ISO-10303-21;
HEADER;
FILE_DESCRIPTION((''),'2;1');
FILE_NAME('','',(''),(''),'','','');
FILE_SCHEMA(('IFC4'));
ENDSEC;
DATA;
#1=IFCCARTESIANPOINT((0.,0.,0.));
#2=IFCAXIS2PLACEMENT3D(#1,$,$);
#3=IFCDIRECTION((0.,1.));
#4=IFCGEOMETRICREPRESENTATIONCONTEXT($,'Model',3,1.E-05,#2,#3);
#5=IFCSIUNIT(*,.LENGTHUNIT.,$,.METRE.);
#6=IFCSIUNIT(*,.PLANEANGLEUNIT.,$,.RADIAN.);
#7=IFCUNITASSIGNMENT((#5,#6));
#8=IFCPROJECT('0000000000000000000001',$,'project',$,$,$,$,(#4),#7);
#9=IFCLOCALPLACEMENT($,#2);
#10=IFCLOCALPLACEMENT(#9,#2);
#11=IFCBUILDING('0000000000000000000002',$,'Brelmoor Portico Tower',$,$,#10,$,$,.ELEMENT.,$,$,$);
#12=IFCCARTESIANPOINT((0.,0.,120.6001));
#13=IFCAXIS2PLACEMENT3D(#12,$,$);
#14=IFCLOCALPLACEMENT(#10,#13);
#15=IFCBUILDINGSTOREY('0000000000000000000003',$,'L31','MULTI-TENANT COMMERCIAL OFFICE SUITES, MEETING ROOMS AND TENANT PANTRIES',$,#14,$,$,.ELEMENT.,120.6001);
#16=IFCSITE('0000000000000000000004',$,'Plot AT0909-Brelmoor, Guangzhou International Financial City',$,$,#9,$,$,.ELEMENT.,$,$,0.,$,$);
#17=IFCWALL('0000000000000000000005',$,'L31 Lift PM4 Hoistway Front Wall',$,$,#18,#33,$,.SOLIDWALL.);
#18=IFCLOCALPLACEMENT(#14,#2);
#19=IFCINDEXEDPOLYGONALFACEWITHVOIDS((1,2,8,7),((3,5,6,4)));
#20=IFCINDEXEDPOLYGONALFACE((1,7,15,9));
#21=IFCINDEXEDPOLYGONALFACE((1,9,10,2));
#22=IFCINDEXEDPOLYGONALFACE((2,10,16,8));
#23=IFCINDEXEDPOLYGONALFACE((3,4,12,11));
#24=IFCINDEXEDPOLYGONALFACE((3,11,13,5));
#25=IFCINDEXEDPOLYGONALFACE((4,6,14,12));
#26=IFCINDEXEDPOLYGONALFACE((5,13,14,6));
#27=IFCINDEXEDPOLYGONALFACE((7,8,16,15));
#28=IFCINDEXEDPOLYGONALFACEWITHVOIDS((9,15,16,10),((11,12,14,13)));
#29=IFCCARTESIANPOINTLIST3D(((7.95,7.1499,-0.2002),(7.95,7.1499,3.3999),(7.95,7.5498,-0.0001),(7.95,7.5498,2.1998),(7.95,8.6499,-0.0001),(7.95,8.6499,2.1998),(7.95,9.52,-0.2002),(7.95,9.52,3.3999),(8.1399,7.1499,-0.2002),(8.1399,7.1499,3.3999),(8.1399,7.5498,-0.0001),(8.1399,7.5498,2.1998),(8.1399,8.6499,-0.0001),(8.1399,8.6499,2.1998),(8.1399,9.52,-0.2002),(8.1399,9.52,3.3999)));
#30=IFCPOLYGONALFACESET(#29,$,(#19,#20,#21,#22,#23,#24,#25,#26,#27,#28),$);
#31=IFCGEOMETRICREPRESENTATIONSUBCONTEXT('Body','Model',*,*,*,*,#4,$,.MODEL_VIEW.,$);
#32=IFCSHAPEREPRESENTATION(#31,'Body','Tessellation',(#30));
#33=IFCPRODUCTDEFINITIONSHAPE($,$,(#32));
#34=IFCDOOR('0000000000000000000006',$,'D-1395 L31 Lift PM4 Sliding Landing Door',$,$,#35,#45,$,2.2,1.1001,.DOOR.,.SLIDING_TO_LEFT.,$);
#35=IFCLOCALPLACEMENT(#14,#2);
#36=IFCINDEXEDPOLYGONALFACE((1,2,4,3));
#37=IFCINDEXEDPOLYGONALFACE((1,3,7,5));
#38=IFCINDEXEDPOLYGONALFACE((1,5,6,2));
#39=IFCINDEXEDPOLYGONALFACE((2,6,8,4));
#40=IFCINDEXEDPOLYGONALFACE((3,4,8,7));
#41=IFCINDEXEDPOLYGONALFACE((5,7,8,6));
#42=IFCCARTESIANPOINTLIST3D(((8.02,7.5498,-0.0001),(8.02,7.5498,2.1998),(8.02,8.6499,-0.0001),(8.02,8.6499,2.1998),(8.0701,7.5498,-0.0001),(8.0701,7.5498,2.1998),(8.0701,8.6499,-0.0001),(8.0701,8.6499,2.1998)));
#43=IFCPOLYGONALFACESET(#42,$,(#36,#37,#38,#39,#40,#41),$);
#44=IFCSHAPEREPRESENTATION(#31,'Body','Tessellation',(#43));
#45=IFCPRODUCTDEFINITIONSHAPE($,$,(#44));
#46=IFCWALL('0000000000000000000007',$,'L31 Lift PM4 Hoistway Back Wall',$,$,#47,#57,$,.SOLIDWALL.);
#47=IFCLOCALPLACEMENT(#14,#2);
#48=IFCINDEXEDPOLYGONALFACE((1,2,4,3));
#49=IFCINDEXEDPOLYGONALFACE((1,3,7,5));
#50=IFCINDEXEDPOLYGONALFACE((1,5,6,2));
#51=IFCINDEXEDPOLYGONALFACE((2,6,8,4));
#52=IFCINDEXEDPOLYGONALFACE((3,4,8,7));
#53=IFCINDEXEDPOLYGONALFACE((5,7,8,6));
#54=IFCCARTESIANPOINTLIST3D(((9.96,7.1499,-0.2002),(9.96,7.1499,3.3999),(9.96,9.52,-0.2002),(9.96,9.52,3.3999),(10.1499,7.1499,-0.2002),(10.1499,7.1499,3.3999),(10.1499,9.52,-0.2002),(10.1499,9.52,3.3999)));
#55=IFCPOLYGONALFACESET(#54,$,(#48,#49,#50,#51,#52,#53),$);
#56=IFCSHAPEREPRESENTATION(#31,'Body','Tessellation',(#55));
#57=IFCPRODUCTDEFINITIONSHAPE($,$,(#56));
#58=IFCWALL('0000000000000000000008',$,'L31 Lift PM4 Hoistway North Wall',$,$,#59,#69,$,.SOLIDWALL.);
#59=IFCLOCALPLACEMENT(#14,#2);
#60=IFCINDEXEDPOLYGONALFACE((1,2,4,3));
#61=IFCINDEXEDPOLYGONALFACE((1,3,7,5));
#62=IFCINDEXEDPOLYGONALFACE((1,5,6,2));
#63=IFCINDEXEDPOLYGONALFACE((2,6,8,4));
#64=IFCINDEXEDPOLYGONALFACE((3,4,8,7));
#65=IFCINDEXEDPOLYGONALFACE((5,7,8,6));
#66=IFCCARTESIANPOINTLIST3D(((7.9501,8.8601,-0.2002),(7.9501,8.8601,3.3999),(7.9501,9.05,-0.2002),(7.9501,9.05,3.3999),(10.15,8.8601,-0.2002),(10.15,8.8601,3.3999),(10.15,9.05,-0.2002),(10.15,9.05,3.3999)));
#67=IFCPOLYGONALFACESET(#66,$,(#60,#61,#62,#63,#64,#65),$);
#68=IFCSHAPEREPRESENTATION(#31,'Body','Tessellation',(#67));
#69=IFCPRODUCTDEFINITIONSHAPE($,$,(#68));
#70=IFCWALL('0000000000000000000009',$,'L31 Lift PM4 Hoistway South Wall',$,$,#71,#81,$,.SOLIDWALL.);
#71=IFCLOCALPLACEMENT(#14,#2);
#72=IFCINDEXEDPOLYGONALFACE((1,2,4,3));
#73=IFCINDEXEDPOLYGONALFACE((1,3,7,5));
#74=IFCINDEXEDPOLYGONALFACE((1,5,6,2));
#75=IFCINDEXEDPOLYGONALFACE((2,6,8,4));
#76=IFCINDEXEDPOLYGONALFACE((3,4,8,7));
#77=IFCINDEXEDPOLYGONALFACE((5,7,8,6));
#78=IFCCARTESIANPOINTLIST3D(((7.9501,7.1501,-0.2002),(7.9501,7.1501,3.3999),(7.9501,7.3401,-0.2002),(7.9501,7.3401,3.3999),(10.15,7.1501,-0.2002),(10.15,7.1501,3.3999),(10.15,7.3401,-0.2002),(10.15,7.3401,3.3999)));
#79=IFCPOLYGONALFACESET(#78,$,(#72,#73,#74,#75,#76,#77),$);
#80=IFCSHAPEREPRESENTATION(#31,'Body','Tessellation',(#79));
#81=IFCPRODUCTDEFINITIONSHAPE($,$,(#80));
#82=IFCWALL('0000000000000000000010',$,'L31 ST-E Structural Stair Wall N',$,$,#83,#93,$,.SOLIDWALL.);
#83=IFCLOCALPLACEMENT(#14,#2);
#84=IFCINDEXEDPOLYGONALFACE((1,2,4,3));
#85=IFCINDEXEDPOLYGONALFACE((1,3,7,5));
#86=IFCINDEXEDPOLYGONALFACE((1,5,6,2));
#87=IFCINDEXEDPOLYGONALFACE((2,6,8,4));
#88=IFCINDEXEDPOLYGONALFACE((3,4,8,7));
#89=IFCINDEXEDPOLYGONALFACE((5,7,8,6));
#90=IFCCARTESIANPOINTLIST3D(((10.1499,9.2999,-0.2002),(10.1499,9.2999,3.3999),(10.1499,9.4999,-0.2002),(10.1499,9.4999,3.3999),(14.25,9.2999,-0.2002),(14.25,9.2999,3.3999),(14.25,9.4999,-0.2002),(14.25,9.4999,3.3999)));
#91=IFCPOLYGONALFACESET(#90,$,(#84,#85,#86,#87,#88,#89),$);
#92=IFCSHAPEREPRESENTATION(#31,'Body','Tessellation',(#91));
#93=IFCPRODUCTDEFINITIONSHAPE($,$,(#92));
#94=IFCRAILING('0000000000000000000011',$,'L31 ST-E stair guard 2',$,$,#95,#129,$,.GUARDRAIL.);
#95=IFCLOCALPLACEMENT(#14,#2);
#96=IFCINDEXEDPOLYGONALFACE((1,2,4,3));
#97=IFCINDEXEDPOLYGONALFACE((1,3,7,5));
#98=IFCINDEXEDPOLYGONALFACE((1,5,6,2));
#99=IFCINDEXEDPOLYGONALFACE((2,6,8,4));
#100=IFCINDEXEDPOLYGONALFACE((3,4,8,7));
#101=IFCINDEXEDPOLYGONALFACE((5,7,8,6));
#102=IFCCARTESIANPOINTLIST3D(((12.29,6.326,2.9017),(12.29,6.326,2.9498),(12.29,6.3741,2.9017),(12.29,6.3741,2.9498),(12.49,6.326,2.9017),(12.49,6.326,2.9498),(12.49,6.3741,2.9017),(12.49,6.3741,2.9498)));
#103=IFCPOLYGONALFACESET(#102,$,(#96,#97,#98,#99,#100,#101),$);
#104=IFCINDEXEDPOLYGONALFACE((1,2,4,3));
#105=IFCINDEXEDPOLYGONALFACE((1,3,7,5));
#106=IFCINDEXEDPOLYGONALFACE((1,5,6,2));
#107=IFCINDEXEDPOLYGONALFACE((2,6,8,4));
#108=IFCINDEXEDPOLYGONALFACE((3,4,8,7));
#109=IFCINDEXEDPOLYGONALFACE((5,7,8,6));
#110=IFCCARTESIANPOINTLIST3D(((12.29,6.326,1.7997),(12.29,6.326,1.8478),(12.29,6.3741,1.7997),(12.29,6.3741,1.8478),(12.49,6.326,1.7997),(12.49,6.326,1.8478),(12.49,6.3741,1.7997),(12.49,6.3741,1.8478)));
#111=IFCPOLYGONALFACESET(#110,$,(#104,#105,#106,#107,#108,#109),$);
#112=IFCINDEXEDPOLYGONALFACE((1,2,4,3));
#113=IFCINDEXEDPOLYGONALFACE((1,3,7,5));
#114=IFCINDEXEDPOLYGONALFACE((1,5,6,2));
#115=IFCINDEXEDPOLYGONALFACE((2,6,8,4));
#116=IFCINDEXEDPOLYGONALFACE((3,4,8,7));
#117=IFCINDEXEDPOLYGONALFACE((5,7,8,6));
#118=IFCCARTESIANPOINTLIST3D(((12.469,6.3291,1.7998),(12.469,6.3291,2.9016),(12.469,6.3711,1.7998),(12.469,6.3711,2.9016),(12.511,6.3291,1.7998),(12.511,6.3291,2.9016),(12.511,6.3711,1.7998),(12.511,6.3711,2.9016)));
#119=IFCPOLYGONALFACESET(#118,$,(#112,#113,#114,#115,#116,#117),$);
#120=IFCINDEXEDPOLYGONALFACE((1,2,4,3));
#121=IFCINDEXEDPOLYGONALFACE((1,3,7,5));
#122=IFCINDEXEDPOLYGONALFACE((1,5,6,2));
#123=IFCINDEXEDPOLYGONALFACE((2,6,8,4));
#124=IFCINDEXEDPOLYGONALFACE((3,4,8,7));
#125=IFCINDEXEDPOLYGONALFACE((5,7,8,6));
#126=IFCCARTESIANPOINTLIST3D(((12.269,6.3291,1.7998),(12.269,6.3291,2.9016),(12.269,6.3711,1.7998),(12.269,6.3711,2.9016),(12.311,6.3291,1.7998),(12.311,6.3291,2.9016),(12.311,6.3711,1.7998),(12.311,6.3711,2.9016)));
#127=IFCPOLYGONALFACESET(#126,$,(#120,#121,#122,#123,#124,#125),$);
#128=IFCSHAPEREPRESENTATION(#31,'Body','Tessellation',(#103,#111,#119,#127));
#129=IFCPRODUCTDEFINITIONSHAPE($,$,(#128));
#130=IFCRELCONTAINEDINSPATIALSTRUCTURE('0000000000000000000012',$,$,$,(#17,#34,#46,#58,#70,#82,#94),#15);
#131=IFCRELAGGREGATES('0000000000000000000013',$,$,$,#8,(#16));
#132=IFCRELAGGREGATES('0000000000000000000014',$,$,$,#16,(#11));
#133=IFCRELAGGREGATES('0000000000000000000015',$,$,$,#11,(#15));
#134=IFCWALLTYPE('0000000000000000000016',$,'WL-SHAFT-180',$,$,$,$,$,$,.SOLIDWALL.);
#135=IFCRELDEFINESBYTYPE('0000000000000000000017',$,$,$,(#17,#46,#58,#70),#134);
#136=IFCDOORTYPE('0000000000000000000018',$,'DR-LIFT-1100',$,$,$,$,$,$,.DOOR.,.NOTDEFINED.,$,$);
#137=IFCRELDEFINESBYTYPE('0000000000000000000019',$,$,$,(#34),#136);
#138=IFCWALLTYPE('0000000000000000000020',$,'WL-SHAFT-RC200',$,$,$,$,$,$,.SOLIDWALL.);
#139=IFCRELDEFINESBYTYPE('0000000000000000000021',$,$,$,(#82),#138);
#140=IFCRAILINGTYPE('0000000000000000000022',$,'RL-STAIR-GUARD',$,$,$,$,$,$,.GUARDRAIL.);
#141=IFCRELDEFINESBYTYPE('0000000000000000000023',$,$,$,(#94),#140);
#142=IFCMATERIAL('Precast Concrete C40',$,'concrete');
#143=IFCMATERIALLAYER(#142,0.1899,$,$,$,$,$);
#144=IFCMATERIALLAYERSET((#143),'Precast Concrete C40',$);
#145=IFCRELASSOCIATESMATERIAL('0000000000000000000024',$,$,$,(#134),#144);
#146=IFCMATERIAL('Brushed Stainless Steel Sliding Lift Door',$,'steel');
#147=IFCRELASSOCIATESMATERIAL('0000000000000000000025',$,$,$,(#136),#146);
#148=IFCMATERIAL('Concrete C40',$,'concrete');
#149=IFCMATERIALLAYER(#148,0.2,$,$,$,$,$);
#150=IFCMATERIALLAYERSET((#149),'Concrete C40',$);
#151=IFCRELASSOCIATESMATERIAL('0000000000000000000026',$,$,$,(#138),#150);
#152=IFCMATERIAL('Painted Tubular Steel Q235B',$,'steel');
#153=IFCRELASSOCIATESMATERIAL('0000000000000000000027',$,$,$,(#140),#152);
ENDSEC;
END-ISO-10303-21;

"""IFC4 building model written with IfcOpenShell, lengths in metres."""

from ifc_helpers import new_model, si_unit, direction, frame, frame_2d, origin, origin_2d, place, context, subcontext, project, spatial, rectangle, extrude, material, layer, layer_set, type_object, element, fill, save


model = new_model("IFC4")

# Units and contexts
model_context = context("Model", 3, precision=1e-05, world=origin(), true_north=direction((0.0, 1.0)))
body_context = subcontext(model_context, "Body", "Model", "MODEL_VIEW")
ifc_project = project(units=[si_unit("LENGTHUNIT", "METRE"), si_unit("PLANEANGLEUNIT", "RADIAN")], contexts=[model_context])

# Site, building, storey
site_placement = place(None, origin())
site = spatial("IfcSite", under=ifc_project, at=site_placement, Name="Plot AT0909-Brelmoor, Guangzhou International Financial City", CompositionType="ELEMENT", RefElevation=0.0)
building_placement = place(site_placement, origin())
building = spatial("IfcBuilding", under=site, at=building_placement, Name="Brelmoor Portico Tower", CompositionType="ELEMENT")
storey_placement = place(building_placement, frame((0.0, 0.0, 120.6001)))
storey = spatial("IfcBuildingStorey", under=building, at=storey_placement, Name="L31", Description="MULTI-TENANT COMMERCIAL OFFICE SUITES, MEETING ROOMS AND TENANT PANTRIES", CompositionType="ELEMENT", Elevation=120.6001)

# Shared definitions
ifc_material_1 = material(Name="Precast Concrete C40", Category="concrete")
ifc_layer_1 = layer(ifc_material_1, 0.1899)
ifc_layer_set_1 = layer_set([ifc_layer_1], Name="Precast Concrete C40")
wall_type_1 = type_object("IfcWallType", Name="WL-SHAFT-180", PredefinedType="SOLIDWALL", material=ifc_layer_set_1)

# Wall, opening, door
wall_1_placement = place(storey_placement, frame((8.0449, 7.1499, -0.2002), z_axis=(0.0, 0.0, 1.0), x_axis=(0.0, 1.0, 0.0)))
wall_1 = element("IfcWall", 1, at=wall_1_placement, inside=storey, type_object=wall_type_1, Name="L31 Lift PM4 Hoistway Front Wall", PredefinedType="SOLIDWALL", context=body_context, shape_type="SweptSolid", body=[
    extrude(rectangle(XDim=2.3701, YDim=0.1899, at=frame_2d((1.1851, 0.0))), origin(), (0.0, 0.0, 1.0), 3.6001),
])
opening_1_placement = place(wall_1_placement, frame((0.3999, 0.0, 0.2)))
opening_1 = element("IfcOpeningElement", 2, at=opening_1_placement, cuts=wall_1, PredefinedType="OPENING", context=body_context, shape_type="SweptSolid", body=[
    extrude(rectangle(XDim=1.1001, YDim=2.2, at=frame_2d((0.55, 1.1001))), frame((0.0, 0.105, 0.0), z_axis=(0.0, -1.0, 0.0), x_axis=(1.0, 0.0, 0.0)), (0.0, 0.0, 1.0), 0.21),
])
ifc_material_2 = material(Name="Brushed Stainless Steel Sliding Lift Door", Category="steel")
door_type_1 = type_object("IfcDoorType", Name="DR-LIFT-1100", OperationType="NOTDEFINED", PredefinedType="DOOR", material=ifc_material_2)
door_1_placement = place(opening_1_placement, origin())
door_1 = element("IfcDoor", 3, at=door_1_placement, inside=storey, type_object=door_type_1, Name="D-1395 L31 Lift PM4 Sliding Landing Door", OperationType="SLIDING_TO_LEFT", OverallHeight=2.2, OverallWidth=1.1001, PredefinedType="DOOR", context=body_context, shape_type="SweptSolid", body=[
    extrude(rectangle(XDim=1.1001, YDim=2.2, at=frame_2d((0.55, 1.1001))), frame((0.0, 0.0249, 0.0), z_axis=(0.0, -1.0, 0.0), x_axis=(1.0, 0.0, 0.0)), (0.0, 0.0, 1.0), 0.05),
])
fill(opening_1, door_1)

# Walls
wall_2_placement = place(storey_placement, frame((10.0549, 7.1499, -0.2002), z_axis=(0.0, 0.0, 1.0), x_axis=(0.0, 1.0, 0.0)))
element("IfcWall", 4, at=wall_2_placement, inside=storey, type_object=wall_type_1, Name="L31 Lift PM4 Hoistway Back Wall", PredefinedType="SOLIDWALL", context=body_context, shape_type="SweptSolid", body=[
    extrude(rectangle(XDim=2.3701, YDim=0.1899, at=frame_2d((1.1851, 0.0))), origin(), (0.0, 0.0, 1.0), 3.6001),
])
for number, where, z_axis, x_axis, name in (
    (5, (7.95, 8.9551, -0.2002), (0.0, 0.0, 1.0), (1.0, 0.0, 0.0), "L31 Lift PM4 Hoistway North Wall"),
    (6, (7.95, 7.2451, -0.2002), (0.0, 0.0, 1.0), (1.0, 0.0, 0.0), "L31 Lift PM4 Hoistway South Wall"),
):
    element("IfcWall", number, at=place(storey_placement, frame(where, z_axis=z_axis, x_axis=x_axis)), inside=storey, type_object=wall_type_1, Name=name, PredefinedType="SOLIDWALL", context=body_context, shape_type="SweptSolid", body=[
        extrude(rectangle(XDim=2.2, YDim=0.1899, at=frame_2d((1.1001, 0.0))), origin(), (0.0, 0.0, 1.0), 3.6001),
    ])
ifc_material_3 = material(Name="Concrete C40", Category="concrete")
ifc_layer_2 = layer(ifc_material_3, 0.2)
ifc_layer_set_2 = layer_set([ifc_layer_2], Name="Concrete C40")
wall_type_2 = type_object("IfcWallType", Name="WL-SHAFT-RC200", PredefinedType="SOLIDWALL", material=ifc_layer_set_2)
wall_3_placement = place(storey_placement, frame((10.1499, 9.3999, -0.2002), z_axis=(0.0, 0.0, 1.0), x_axis=(1.0, 0.0, 0.0)))
element("IfcWall", 7, at=wall_3_placement, inside=storey, type_object=wall_type_2, Name="L31 ST-E Structural Stair Wall N", PredefinedType="SOLIDWALL", context=body_context, shape_type="SweptSolid", body=[
    extrude(rectangle(XDim=4.1001, YDim=0.2, at=frame_2d((2.05, 0.0))), origin(), (0.0, 0.0, 1.0), 3.6001),
])

# Railing
ifc_material_4 = material(Name="Painted Tubular Steel Q235B", Category="steel")
railing_type = type_object("IfcRailingType", Name="RL-STAIR-GUARD", PredefinedType="GUARDRAIL", material=ifc_material_4)
railing_placement = place(storey_placement, frame((12.49, 6.3501, 1.7998)))
element("IfcRailing", 8, at=railing_placement, inside=storey, type_object=railing_type, Name="L31 ST-E stair guard 2", PredefinedType="GUARDRAIL", context=body_context, shape_type="SweptSolid", body=[
    extrude(rectangle(XDim=0.0481, YDim=0.0481, at=origin_2d()), frame((0.0, 0.0, 1.126), z_axis=(-1.0, 0.0, 0.0), x_axis=(0.0, -1.0, 0.0)), (0.0, 0.0, 1.0), 0.2),
    extrude(rectangle(XDim=0.0481, YDim=0.0481, at=origin_2d()), frame((0.0, 0.0, 0.0239), z_axis=(-1.0, 0.0, 0.0), x_axis=(0.0, -1.0, 0.0)), (0.0, 0.0, 1.0), 0.2),
    extrude(rectangle(XDim=0.042, YDim=0.042, at=origin_2d()), origin(), (0.0, 0.0, 1.0), 1.1018),
    extrude(rectangle(XDim=0.042, YDim=0.042, at=origin_2d()), frame((-0.2, 0.0, 0.0)), (0.0, 0.0, 1.0), 1.1018),
])

save(model, "model.ifc")
